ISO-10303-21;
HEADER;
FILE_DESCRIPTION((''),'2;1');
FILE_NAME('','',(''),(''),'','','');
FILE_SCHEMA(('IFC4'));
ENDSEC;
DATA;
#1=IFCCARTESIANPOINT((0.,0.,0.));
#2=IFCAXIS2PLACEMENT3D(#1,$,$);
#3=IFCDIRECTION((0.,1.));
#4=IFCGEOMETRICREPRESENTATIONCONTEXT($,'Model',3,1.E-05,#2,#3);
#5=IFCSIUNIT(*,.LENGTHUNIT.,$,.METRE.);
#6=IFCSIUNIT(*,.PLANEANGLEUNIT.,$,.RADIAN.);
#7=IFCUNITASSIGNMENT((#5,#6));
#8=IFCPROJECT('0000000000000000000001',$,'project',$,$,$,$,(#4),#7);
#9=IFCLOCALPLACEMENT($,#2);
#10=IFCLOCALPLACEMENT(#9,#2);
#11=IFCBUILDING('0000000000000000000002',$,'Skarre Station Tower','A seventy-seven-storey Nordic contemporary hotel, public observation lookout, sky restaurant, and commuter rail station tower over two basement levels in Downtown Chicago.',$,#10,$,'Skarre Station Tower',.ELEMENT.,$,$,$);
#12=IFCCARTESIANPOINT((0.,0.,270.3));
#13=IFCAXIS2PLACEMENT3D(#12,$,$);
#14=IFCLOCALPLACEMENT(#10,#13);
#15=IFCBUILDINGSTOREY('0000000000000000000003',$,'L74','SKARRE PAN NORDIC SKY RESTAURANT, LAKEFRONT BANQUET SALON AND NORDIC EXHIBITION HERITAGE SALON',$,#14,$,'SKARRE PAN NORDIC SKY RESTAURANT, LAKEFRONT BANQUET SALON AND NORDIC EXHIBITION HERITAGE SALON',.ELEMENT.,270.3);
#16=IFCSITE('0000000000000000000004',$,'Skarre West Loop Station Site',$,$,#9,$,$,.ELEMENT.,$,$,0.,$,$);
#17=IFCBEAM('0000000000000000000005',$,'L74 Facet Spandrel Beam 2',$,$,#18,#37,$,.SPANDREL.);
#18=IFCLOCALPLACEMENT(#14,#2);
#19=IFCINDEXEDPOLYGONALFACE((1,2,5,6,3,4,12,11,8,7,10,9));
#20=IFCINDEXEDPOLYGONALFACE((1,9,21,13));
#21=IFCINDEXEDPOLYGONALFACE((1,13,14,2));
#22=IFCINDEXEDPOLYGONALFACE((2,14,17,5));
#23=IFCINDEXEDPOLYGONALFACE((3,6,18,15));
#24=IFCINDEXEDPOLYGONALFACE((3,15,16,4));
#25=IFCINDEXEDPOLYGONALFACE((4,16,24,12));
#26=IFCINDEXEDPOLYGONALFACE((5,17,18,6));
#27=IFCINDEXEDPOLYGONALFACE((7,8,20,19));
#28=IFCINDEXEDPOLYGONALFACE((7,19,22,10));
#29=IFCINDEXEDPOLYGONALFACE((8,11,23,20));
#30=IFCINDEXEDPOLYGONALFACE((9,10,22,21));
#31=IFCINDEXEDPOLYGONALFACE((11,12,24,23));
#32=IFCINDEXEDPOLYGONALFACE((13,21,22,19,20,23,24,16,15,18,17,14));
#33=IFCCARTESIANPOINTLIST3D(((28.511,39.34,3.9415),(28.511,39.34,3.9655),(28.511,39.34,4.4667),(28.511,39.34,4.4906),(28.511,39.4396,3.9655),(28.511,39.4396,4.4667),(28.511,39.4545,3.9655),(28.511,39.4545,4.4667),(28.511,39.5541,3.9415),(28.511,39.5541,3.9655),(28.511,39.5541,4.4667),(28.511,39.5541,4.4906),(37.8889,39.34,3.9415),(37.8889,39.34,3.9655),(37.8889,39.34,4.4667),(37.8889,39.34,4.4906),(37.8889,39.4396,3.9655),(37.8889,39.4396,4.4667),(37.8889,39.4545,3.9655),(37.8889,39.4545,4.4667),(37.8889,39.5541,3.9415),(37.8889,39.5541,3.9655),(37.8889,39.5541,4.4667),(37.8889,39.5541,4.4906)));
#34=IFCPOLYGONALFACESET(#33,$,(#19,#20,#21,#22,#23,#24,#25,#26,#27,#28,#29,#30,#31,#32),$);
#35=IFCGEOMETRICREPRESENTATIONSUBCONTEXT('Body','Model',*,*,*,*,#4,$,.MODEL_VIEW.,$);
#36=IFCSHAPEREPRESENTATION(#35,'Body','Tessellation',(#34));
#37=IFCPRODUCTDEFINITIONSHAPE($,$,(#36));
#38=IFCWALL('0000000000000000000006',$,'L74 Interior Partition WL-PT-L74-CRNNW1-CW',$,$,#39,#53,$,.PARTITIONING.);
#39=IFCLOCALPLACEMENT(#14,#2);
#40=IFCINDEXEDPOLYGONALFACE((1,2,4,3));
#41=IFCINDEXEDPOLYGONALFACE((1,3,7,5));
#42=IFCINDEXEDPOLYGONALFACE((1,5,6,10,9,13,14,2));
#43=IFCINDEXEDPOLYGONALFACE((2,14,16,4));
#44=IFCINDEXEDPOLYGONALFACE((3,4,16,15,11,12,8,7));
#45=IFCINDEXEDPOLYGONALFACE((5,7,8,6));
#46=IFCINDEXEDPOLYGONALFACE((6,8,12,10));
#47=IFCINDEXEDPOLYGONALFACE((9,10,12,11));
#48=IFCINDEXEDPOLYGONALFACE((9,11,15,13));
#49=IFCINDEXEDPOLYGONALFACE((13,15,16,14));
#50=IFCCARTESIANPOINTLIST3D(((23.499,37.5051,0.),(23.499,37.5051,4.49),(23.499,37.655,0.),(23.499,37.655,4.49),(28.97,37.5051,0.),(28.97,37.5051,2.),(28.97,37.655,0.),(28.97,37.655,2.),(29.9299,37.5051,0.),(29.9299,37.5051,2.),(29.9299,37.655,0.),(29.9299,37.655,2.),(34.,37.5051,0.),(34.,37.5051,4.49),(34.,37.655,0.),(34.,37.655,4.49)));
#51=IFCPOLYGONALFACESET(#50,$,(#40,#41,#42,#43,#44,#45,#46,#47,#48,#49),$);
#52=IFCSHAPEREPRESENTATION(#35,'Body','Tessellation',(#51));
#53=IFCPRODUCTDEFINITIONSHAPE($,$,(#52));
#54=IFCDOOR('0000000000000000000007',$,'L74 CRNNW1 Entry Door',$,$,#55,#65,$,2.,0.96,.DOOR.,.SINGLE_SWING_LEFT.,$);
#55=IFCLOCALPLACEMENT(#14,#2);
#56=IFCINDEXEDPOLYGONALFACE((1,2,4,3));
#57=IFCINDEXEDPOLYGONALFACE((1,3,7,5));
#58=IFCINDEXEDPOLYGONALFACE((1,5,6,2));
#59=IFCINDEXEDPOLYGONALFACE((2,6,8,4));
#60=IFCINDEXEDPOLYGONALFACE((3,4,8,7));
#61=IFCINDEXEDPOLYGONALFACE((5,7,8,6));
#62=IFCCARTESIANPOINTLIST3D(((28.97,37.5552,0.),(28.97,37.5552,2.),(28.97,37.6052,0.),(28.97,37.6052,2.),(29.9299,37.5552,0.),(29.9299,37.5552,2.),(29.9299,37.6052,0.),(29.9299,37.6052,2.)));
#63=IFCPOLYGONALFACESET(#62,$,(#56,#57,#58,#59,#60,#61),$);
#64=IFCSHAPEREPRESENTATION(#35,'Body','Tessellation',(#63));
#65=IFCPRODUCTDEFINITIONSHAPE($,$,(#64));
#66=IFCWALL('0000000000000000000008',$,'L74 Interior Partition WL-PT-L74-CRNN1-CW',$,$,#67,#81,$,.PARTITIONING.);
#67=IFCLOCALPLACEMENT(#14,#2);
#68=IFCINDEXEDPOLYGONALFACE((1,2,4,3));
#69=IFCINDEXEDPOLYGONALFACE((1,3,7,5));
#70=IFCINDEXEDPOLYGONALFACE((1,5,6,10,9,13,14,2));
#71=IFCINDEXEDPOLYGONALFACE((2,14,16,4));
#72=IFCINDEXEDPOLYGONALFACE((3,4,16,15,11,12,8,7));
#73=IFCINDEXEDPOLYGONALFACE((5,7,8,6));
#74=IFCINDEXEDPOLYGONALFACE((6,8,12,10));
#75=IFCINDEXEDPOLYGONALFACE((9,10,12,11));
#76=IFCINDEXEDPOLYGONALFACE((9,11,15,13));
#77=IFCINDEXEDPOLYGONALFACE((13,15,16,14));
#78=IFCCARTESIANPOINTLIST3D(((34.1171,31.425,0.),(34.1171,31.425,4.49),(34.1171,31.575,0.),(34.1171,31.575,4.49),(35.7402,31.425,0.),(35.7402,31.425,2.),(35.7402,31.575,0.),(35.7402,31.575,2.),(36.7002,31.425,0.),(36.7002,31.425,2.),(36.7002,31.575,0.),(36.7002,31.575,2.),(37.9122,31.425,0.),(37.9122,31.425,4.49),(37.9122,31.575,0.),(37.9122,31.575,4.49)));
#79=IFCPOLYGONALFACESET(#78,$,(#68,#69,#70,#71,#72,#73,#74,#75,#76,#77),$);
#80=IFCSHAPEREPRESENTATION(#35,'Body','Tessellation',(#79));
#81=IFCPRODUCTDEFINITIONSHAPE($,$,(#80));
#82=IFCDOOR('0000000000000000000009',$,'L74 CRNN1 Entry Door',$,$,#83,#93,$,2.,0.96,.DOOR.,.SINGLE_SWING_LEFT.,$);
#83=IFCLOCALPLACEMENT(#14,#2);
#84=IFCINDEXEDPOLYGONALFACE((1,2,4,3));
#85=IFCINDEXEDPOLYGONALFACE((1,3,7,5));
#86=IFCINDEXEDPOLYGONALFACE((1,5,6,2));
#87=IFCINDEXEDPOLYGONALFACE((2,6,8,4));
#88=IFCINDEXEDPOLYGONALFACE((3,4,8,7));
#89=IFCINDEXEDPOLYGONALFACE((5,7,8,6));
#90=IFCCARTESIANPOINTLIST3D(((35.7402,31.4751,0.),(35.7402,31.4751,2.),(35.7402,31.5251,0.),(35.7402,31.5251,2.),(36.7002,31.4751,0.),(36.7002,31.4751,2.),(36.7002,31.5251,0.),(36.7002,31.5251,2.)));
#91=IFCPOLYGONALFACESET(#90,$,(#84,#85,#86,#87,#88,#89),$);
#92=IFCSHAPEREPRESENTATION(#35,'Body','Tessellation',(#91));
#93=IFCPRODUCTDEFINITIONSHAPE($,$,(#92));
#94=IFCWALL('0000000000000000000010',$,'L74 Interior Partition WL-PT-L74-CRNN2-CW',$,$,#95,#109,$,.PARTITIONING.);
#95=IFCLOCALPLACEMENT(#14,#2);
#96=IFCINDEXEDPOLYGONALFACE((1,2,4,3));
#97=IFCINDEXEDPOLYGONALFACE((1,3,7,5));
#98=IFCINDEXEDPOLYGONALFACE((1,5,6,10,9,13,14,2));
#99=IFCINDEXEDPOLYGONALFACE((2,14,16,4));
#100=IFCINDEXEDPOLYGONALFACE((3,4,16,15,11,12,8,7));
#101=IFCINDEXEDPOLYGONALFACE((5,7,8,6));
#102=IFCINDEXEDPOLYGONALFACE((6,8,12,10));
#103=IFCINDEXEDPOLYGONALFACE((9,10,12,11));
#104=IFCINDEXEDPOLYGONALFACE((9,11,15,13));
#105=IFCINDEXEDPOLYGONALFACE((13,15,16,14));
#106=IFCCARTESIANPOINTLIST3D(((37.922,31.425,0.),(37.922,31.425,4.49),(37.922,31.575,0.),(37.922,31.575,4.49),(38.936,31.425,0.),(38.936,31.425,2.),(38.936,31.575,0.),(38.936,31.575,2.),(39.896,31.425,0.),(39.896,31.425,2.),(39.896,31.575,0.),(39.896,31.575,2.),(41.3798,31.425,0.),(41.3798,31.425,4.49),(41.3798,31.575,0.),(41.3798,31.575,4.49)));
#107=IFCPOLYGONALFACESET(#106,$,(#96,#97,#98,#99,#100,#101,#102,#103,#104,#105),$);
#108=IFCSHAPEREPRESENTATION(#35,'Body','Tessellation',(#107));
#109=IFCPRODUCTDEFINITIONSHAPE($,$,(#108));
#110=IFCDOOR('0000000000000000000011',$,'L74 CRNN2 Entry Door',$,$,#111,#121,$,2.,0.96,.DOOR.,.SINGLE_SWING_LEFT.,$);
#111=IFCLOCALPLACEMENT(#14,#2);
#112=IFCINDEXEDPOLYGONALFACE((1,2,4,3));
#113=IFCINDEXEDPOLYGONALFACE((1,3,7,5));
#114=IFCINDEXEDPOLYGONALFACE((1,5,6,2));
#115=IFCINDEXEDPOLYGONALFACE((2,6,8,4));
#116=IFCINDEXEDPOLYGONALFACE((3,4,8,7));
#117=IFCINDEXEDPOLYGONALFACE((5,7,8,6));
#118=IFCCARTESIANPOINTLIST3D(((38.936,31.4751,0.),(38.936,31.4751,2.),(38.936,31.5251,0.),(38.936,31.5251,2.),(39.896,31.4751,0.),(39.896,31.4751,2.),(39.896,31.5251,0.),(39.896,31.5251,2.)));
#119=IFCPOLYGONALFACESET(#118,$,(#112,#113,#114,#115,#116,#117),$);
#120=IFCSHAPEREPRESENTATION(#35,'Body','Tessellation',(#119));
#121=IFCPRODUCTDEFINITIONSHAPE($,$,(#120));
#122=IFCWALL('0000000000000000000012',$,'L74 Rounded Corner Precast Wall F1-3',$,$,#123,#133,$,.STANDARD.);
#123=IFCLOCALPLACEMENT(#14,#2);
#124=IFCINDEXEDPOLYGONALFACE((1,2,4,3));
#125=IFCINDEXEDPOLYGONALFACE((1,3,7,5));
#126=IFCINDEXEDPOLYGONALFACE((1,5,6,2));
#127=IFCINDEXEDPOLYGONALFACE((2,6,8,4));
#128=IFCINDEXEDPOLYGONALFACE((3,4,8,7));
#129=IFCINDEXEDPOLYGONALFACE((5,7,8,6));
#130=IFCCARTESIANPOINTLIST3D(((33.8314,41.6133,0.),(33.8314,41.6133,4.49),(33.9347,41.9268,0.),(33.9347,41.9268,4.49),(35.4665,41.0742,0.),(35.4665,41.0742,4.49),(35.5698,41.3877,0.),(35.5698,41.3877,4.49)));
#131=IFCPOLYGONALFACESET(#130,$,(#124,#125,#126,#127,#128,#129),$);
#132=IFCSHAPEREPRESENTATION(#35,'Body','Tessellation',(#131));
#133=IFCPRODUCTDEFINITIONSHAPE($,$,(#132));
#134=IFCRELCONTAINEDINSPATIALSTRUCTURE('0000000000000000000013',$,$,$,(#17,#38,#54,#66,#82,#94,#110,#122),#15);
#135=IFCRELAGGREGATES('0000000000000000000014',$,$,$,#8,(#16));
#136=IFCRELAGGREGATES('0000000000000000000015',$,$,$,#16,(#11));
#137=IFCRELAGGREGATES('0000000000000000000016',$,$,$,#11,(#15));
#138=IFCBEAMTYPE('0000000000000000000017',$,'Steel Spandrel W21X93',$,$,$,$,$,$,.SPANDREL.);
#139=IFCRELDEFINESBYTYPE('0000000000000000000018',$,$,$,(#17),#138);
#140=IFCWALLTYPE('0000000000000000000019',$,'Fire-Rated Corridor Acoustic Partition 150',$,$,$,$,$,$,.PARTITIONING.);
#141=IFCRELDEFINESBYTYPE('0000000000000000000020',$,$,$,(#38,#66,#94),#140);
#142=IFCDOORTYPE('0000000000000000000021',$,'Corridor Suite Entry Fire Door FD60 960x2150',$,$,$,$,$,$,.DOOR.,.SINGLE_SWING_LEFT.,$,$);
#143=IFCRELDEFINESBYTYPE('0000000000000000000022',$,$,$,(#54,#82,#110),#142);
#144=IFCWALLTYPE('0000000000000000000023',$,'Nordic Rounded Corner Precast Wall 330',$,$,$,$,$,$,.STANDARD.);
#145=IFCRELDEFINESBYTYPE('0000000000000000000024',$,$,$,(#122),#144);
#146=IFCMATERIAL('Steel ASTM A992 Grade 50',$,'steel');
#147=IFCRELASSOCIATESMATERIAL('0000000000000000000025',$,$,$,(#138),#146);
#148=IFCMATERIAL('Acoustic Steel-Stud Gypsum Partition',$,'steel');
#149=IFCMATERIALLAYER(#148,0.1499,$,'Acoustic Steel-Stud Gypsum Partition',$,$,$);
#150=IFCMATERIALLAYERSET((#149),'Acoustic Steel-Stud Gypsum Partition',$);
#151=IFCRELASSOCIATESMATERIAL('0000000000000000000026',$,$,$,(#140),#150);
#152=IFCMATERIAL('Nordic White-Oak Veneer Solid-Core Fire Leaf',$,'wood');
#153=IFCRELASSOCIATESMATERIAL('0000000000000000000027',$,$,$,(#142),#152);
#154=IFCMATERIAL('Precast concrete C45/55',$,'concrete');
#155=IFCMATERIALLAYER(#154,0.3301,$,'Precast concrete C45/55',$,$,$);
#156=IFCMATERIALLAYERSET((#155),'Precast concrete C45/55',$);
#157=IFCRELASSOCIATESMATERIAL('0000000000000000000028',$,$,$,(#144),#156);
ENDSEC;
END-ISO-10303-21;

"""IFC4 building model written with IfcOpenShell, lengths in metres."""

from ifc_helpers import new_model, si_unit, direction, frame, frame_2d, origin, origin_2d, place, context, subcontext, project, spatial, rectangle, i_section, extrude, material, layer, layer_set, material_profile, profile_set, type_object, element, fill, save


model = new_model("IFC4")

# Units and contexts
model_context = context("Model", 3, precision=1e-05, world=origin(), true_north=direction((0.0, 1.0)))
body_context = subcontext(model_context, "Body", "Model", "MODEL_VIEW")
ifc_project = project(units=[si_unit("LENGTHUNIT", "METRE"), si_unit("PLANEANGLEUNIT", "RADIAN")], contexts=[model_context])

# Site, building, storey
site_placement = place(None, origin())
site = spatial("IfcSite", under=ifc_project, at=site_placement, Name="Skarre West Loop Station Site", CompositionType="ELEMENT", RefElevation=0.0)
building_placement = place(site_placement, origin())
building = spatial("IfcBuilding", under=site, at=building_placement, Name="Skarre Station Tower", Description="A seventy-seven-storey Nordic contemporary hotel, public observation lookout, sky restaurant, and commuter rail station tower over two basement levels in Downtown Chicago.", LongName="Skarre Station Tower", CompositionType="ELEMENT")
storey_placement = place(building_placement, frame((0.0, 0.0, 270.3)))
storey = spatial("IfcBuildingStorey", under=building, at=storey_placement, Name="L74", Description="SKARRE PAN NORDIC SKY RESTAURANT, LAKEFRONT BANQUET SALON AND NORDIC EXHIBITION HERITAGE SALON", LongName="SKARRE PAN NORDIC SKY RESTAURANT, LAKEFRONT BANQUET SALON AND NORDIC EXHIBITION HERITAGE SALON", CompositionType="ELEMENT", Elevation=270.3)

# Beam
ifc_material_1 = material(Name="Steel ASTM A992 Grade 50", Category="steel")
ifc_material_profile_1 = material_profile(ifc_material_1, i_section(OverallWidth=0.2141, OverallDepth=0.5491, WebThickness=0.0149, FlangeThickness=0.0239, at=origin_2d()), Name="Steel ASTM A992 Grade 50")
ifc_profile_set_1 = profile_set([ifc_material_profile_1], Name="Steel ASTM A992 Grade 50")
beam_type_1 = type_object("IfcBeamType", Name="Steel Spandrel W21X93", PredefinedType="SPANDREL", material=ifc_profile_set_1)
beam_1_placement = place(storey_placement, frame((37.8889, 39.447, 4.2161), z_axis=(-1.0, 0.0, 0.0), x_axis=(0.0, -1.0, 0.0)))
element("IfcBeam", 1, at=beam_1_placement, inside=storey, type_object=beam_type_1, Name="L74 Facet Spandrel Beam 2", PredefinedType="SPANDREL", context=body_context, shape_type="SweptSolid", body=[
    extrude(i_section(OverallWidth=0.2141, OverallDepth=0.5491, WebThickness=0.0149, FlangeThickness=0.0239, at=origin_2d()), origin(), (0.0, 0.0, 1.0), 9.3779),
])

# Walls, openings, doors
ifc_material_2 = material(Name="Acoustic Steel-Stud Gypsum Partition", Category="steel")
ifc_layer_1 = layer(ifc_material_2, 0.1499, Name="Acoustic Steel-Stud Gypsum Partition")
ifc_layer_set_1 = layer_set([ifc_layer_1], Name="Acoustic Steel-Stud Gypsum Partition")
wall_type_1 = type_object("IfcWallType", Name="Fire-Rated Corridor Acoustic Partition 150", PredefinedType="PARTITIONING", material=ifc_layer_set_1)
wall_1_placement = place(storey_placement, frame((34.0, 37.5801, 0.0), z_axis=(0.0, 0.0, 1.0), x_axis=(-1.0, 0.0, 0.0)))
wall_1 = element("IfcWall", 2, at=wall_1_placement, inside=storey, type_object=wall_type_1, Name="L74 Interior Partition WL-PT-L74-CRNNW1-CW", PredefinedType="PARTITIONING", context=body_context, shape_type="SweptSolid", body=[
    extrude(rectangle(XDim=10.501, YDim=0.1499, at=frame_2d((5.2505, 0.0))), origin(), (0.0, 0.0, 1.0), 4.49),
])
opening_1_placement = place(wall_1_placement, frame((4.0701, 0.0, 0.0)))
opening_1 = element("IfcOpeningElement", 3, at=opening_1_placement, cuts=wall_1, PredefinedType="OPENING", context=body_context, shape_type="SweptSolid", body=[
    extrude(rectangle(XDim=0.96, YDim=2.0, at=frame_2d((0.48, 1.0))), frame((0.0, 0.085, 0.0), z_axis=(0.0, -1.0, 0.0), x_axis=(1.0, 0.0, 0.0)), (0.0, 0.0, 1.0), 0.1699),
])
ifc_material_3 = material(Name="Nordic White-Oak Veneer Solid-Core Fire Leaf", Category="wood")
door_type_1 = type_object("IfcDoorType", Name="Corridor Suite Entry Fire Door FD60 960x2150", OperationType="SINGLE_SWING_LEFT", PredefinedType="DOOR", material=ifc_material_3)
door_1_placement = place(opening_1_placement, origin())
door_1 = element("IfcDoor", 4, at=door_1_placement, inside=storey, type_object=door_type_1, Name="L74 CRNNW1 Entry Door", OperationType="SINGLE_SWING_LEFT", OverallHeight=2.0, OverallWidth=0.96, PredefinedType="DOOR", context=body_context, shape_type="SweptSolid", body=[
    extrude(rectangle(XDim=0.96, YDim=2.0, at=frame_2d((0.48, 1.0))), frame((0.0, 0.0249, 0.0), z_axis=(0.0, -1.0, 0.0), x_axis=(1.0, 0.0, 0.0)), (0.0, 0.0, 1.0), 0.05),
])
fill(opening_1, door_1)
wall_2_placement = place(storey_placement, frame((37.9121, 31.5, 0.0), z_axis=(0.0, 0.0, 1.0), x_axis=(-1.0, 0.0, 0.0)))
wall_2 = element("IfcWall", 5, at=wall_2_placement, inside=storey, type_object=wall_type_1, Name="L74 Interior Partition WL-PT-L74-CRNN1-CW", PredefinedType="PARTITIONING", context=body_context, shape_type="SweptSolid", body=[
    extrude(rectangle(XDim=3.7952, YDim=0.1499, at=frame_2d((1.8975, 0.0))), origin(), (0.0, 0.0, 1.0), 4.49),
])
opening_2_placement = place(wall_2_placement, frame((1.2119, 0.0, 0.0)))
opening_2 = element("IfcOpeningElement", 6, at=opening_2_placement, cuts=wall_2, PredefinedType="OPENING", context=body_context, shape_type="SweptSolid", body=[
    extrude(rectangle(XDim=0.96, YDim=2.0, at=frame_2d((0.48, 1.0))), frame((0.0, 0.085, 0.0), z_axis=(0.0, -1.0, 0.0), x_axis=(1.0, 0.0, 0.0)), (0.0, 0.0, 1.0), 0.1699),
])
door_2_placement = place(opening_2_placement, origin())
door_2 = element("IfcDoor", 7, at=door_2_placement, inside=storey, type_object=door_type_1, Name="L74 CRNN1 Entry Door", OperationType="SINGLE_SWING_LEFT", OverallHeight=2.0, OverallWidth=0.96, PredefinedType="DOOR", context=body_context, shape_type="SweptSolid", body=[
    extrude(rectangle(XDim=0.96, YDim=2.0, at=frame_2d((0.48, 1.0))), frame((0.0, 0.0249, 0.0), z_axis=(0.0, -1.0, 0.0), x_axis=(1.0, 0.0, 0.0)), (0.0, 0.0, 1.0), 0.05),
])
fill(opening_2, door_2)
wall_3_placement = place(storey_placement, frame((41.3799, 31.5, 0.0), z_axis=(0.0, 0.0, 1.0), x_axis=(-1.0, 0.0, 0.0)))
wall_3 = element("IfcWall", 8, at=wall_3_placement, inside=storey, type_object=wall_type_1, Name="L74 Interior Partition WL-PT-L74-CRNN2-CW", PredefinedType="PARTITIONING", context=body_context, shape_type="SweptSolid", body=[
    extrude(rectangle(XDim=3.4578, YDim=0.1499, at=frame_2d((1.729, 0.0))), origin(), (0.0, 0.0, 1.0), 4.49),
])
opening_3_placement = place(wall_3_placement, frame((1.4839, 0.0, 0.0)))
opening_3 = element("IfcOpeningElement", 9, at=opening_3_placement, cuts=wall_3, PredefinedType="OPENING", context=body_context, shape_type="SweptSolid", body=[
    extrude(rectangle(XDim=0.96, YDim=2.0, at=frame_2d((0.48, 1.0))), frame((0.0, 0.085, 0.0), z_axis=(0.0, -1.0, 0.0), x_axis=(1.0, 0.0, 0.0)), (0.0, 0.0, 1.0), 0.1699),
])
door_3_placement = place(opening_3_placement, origin())
door_3 = element("IfcDoor", 10, at=door_3_placement, inside=storey, type_object=door_type_1, Name="L74 CRNN2 Entry Door", OperationType="SINGLE_SWING_LEFT", OverallHeight=2.0, OverallWidth=0.96, PredefinedType="DOOR", context=body_context, shape_type="SweptSolid", body=[
    extrude(rectangle(XDim=0.96, YDim=2.0, at=frame_2d((0.48, 1.0))), frame((0.0, 0.0249, 0.0), z_axis=(0.0, -1.0, 0.0), x_axis=(1.0, 0.0, 0.0)), (0.0, 0.0, 1.0), 0.05),
])
fill(opening_3, door_3)

# Wall
ifc_material_4 = material(Name="Precast concrete C45/55", Category="concrete")
ifc_layer_2 = layer(ifc_material_4, 0.3301, Name="Precast concrete C45/55")
ifc_layer_set_2 = layer_set([ifc_layer_2], Name="Precast concrete C45/55")
wall_type_2 = type_object("IfcWallType", Name="Nordic Rounded Corner Precast Wall 330", PredefinedType="STANDARD", material=ifc_layer_set_2)
wall_4_placement = place(storey_placement, frame((33.8831, 41.77, 0.0), z_axis=(0.0, 0.0, 1.0), x_axis=(0.949713, -0.31312, 0.0)))
element("IfcWall", 11, at=wall_4_placement, inside=storey, type_object=wall_type_2, Name="L74 Rounded Corner Precast Wall F1-3", PredefinedType="STANDARD", context=body_context, shape_type="SweptSolid", body=[
    extrude(rectangle(XDim=1.7217, YDim=0.3301, at=frame_2d((0.8608, 0.0))), origin(), (0.0, 0.0, 1.0), 4.49),
])

save(model, "model.ifc")
